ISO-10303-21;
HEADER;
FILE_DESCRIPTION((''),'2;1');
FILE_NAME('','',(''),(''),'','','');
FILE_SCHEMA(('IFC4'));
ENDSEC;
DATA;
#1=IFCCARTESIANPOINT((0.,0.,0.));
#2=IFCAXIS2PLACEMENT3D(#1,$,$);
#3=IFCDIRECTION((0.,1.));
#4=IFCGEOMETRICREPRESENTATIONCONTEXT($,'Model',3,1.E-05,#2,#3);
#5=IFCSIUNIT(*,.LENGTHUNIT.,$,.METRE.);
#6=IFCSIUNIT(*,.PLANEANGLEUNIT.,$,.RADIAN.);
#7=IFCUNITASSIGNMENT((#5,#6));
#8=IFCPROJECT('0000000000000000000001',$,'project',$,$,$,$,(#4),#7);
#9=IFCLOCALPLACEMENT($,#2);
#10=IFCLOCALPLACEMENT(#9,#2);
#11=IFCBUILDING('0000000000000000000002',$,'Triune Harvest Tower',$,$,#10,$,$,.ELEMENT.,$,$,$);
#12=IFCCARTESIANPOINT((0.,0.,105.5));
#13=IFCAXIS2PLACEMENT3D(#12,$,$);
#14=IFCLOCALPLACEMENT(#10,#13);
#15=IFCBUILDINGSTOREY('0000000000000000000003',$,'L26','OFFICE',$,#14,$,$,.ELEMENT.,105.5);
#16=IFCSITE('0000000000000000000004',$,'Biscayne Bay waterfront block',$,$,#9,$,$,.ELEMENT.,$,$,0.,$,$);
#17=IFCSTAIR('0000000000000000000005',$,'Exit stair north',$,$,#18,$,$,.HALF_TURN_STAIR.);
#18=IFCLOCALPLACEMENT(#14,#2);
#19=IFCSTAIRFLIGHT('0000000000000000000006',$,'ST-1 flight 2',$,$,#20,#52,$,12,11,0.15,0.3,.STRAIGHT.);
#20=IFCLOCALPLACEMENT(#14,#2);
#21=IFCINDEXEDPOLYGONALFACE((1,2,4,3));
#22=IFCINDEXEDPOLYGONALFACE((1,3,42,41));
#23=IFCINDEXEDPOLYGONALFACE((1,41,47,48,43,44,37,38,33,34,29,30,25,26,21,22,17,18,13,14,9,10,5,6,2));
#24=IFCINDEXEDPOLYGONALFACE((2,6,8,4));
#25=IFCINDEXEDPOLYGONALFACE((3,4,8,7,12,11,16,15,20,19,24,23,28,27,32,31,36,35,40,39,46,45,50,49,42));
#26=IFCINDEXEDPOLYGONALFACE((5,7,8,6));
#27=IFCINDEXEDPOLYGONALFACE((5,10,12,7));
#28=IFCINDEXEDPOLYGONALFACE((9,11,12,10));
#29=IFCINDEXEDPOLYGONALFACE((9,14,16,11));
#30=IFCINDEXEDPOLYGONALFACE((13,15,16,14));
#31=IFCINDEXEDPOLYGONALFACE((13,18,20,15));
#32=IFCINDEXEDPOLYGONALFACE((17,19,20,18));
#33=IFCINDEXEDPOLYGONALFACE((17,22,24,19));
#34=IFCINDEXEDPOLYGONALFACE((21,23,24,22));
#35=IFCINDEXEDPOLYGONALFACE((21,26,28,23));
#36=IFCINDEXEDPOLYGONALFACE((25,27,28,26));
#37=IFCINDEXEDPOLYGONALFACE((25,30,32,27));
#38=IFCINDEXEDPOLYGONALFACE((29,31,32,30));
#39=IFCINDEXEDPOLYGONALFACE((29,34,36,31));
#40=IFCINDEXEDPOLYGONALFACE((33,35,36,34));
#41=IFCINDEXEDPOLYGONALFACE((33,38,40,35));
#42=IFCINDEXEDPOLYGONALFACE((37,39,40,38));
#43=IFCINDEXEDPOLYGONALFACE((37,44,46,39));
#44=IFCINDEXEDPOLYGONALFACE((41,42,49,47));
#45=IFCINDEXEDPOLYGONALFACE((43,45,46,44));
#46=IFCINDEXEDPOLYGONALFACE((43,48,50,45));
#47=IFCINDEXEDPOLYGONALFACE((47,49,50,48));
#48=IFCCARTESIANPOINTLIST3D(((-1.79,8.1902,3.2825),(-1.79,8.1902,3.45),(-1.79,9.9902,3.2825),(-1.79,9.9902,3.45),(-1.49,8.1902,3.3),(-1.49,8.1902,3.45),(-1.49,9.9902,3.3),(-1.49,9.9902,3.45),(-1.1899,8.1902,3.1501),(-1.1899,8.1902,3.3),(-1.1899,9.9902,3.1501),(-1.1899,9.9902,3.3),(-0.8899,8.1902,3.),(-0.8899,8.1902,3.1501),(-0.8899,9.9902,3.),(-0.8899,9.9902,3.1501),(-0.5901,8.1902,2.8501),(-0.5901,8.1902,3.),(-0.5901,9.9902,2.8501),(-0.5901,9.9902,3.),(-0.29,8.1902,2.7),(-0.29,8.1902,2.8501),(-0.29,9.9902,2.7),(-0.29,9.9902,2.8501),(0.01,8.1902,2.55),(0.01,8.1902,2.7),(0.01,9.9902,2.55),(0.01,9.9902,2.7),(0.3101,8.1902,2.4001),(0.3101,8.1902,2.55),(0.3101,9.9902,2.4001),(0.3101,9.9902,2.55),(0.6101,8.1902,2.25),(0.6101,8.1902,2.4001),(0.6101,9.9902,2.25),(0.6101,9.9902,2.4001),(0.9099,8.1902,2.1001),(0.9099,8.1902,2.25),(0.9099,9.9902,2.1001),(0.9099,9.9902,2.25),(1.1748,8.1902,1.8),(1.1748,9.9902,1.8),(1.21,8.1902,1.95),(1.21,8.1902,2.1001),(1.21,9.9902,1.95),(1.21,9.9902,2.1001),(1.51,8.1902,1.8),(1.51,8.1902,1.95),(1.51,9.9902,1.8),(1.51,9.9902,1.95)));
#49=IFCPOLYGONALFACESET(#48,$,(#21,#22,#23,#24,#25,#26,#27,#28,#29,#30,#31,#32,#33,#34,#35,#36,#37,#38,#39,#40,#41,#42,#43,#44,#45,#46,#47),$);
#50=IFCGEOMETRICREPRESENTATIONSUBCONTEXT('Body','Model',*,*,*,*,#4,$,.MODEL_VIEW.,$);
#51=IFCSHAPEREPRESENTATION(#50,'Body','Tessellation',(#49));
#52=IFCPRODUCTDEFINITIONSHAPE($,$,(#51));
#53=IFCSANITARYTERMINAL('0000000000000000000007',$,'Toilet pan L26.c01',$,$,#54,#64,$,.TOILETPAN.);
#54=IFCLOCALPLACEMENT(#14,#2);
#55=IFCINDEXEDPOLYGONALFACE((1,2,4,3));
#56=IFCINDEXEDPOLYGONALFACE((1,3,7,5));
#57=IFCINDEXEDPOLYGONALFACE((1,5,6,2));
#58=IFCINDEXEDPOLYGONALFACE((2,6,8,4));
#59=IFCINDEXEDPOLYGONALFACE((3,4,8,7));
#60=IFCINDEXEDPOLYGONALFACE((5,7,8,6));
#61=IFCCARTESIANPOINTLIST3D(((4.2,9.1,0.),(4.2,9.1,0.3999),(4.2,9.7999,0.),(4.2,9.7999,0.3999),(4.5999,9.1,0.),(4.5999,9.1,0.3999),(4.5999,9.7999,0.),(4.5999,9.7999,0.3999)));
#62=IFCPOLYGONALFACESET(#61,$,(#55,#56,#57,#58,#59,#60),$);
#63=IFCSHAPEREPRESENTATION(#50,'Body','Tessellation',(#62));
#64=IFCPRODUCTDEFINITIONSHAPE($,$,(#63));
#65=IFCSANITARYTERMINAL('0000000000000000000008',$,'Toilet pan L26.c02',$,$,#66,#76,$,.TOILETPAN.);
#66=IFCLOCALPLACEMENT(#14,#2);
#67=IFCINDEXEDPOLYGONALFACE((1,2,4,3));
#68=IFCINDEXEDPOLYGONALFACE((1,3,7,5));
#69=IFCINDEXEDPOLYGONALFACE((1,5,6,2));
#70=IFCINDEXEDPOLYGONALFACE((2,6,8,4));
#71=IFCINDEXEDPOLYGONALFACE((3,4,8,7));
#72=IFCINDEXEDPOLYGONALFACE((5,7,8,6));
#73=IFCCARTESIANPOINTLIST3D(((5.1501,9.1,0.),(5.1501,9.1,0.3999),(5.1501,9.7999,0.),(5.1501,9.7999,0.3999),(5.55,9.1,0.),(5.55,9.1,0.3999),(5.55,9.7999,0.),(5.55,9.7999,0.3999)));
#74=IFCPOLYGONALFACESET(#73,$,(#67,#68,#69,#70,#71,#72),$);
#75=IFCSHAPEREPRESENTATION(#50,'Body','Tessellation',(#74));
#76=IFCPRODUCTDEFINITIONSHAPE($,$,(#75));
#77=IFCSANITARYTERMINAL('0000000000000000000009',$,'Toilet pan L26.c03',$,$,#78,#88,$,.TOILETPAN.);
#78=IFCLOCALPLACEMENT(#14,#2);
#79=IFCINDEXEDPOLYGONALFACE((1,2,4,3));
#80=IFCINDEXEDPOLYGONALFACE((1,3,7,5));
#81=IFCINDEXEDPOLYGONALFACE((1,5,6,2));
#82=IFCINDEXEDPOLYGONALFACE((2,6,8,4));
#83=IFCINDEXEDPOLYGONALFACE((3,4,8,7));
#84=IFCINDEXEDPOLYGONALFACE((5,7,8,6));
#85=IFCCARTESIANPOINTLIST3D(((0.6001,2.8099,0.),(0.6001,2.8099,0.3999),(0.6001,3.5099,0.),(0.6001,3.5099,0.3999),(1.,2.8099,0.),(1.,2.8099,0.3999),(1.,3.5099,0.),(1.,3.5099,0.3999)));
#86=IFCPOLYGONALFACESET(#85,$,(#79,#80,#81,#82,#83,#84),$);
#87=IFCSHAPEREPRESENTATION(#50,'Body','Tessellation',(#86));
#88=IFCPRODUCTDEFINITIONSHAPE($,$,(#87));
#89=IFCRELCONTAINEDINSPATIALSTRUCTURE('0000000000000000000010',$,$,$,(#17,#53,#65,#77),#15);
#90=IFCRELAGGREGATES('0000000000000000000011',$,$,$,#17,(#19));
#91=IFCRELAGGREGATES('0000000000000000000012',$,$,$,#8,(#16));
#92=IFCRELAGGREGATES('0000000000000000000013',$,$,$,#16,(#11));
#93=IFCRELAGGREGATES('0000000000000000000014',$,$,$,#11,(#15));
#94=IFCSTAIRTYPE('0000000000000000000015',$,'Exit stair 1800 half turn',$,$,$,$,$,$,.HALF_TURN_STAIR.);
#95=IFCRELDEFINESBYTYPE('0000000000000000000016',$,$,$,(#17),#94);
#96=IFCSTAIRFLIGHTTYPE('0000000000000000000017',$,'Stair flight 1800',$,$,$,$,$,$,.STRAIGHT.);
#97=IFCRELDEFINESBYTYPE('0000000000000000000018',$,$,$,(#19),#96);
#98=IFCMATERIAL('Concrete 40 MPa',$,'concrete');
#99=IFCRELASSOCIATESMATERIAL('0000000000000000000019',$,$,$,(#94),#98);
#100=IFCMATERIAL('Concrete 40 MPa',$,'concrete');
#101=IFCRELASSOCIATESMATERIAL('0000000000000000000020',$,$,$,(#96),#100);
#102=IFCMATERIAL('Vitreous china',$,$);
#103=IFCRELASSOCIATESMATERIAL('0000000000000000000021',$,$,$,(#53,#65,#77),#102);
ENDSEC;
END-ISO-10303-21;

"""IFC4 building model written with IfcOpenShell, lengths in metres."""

from ifc_helpers import new_model, si_unit, direction, frame, origin, origin_2d, place, context, subcontext, project, spatial, polyline, rectangle, outline, extrude, source, transform, mapped, material, type_object, element, aggregate, save


model = new_model("IFC4")

# Units and contexts
model_context = context("Model", 3, precision=1e-05, world=origin(), true_north=direction((0.0, 1.0)))
body_context = subcontext(model_context, "Body", "Model", "MODEL_VIEW")
ifc_project = project(units=[si_unit("LENGTHUNIT", "METRE"), si_unit("PLANEANGLEUNIT", "RADIAN")], contexts=[model_context])

# Site, building, storey
site_placement = place(None, origin())
site = spatial("IfcSite", under=ifc_project, at=site_placement, Name="Biscayne Bay waterfront block", CompositionType="ELEMENT", RefElevation=0.0)
building_placement = place(site_placement, origin())
building = spatial("IfcBuilding", under=site, at=building_placement, Name="Triune Harvest Tower", CompositionType="ELEMENT")
storey_placement = place(building_placement, frame((0.0, 0.0, 105.5)))
storey = spatial("IfcBuildingStorey", under=building, at=storey_placement, Name="L26", Description="OFFICE", CompositionType="ELEMENT", Elevation=105.5)

# Stair
ifc_material_1 = material(Name="Concrete 40 MPa", Category="concrete")
stair_type = type_object("IfcStairType", Name="Exit stair 1800 half turn", PredefinedType="HALF_TURN_STAIR", material=ifc_material_1)
stair_1_placement = place(storey_placement, origin())
stair_1 = element("IfcStair", 1, at=stair_1_placement, inside=storey, type_object=stair_type, Name="Exit stair north", PredefinedType="HALF_TURN_STAIR")

# Stair flight
ifc_material_2 = material(Name="Concrete 40 MPa", Category="concrete")
stair_flight_type = type_object("IfcStairFlightType", Name="Stair flight 1800", PredefinedType="STRAIGHT", material=ifc_material_2)
shared_shape_1 = source(origin(), body_context, "Body", "SweptSolid", [
    extrude(outline(polyline([(0.0, 0.0), (0.0, 0.1499), (0.3, 0.1499), (0.3, 0.3), (0.6001, 0.3), (0.6001, 0.45), (0.8999, 0.45), (0.8999, 0.6001), (1.2, 0.6001), (1.2, 0.75), (1.5, 0.75), (1.5, 0.8999), (1.8, 0.8999), (1.8, 1.05), (2.1001, 1.05), (2.1001, 1.2), (2.3999, 1.2), (2.3999, 1.3501), (2.7, 1.3501), (2.7, 1.5), (3.0, 1.5), (3.0, 1.6499), (3.3, 1.6499), (3.3, 1.8), (3.3, 1.4824), (0.3352, 0.0), (0.0, 0.0)])), frame((0.0, 0.8999, 0.0), z_axis=(0.0, -1.0, 0.0), x_axis=(1.0, 0.0, 0.0)), (0.0, 0.0, 1.0), 1.8),
])
stair_flight_placement = place(storey_placement, frame((1.51, 9.0901, 1.8), z_axis=(0.0, 0.0, 1.0), x_axis=(-1.0, 0.0, 0.0)))
stair_flight = element("IfcStairFlight", 2, at=stair_flight_placement, type_object=stair_flight_type, Name="ST-1 flight 2", NumberOfRisers=12, NumberOfTreads=11, PredefinedType="STRAIGHT", RiserHeight=0.15, TreadLength=0.3, context=body_context, shape_type="MappedRepresentation", body=[
    mapped(shared_shape_1, transform((0.0, 0.0, 0.0), scale=1.0)),
])
aggregate(stair_1, [stair_flight])

# Sanitary terminals
ifc_material_3 = material(Name="Vitreous china")
shared_shape_2 = source(origin(), body_context, "Body", "SweptSolid", [
    extrude(rectangle(XDim=0.3999, YDim=0.7, at=origin_2d()), origin(), (0.0, 0.0, 1.0), 0.3999),
])
for number, where, z_axis, x_axis, name in (
    (3, (4.3999, 9.45, 0.0), (0.0, 0.0, 1.0), (1.0, 0.0, 0.0), "Toilet pan L26.c01"),
    (4, (5.3501, 9.45, 0.0), (0.0, 0.0, 1.0), (1.0, 0.0, 0.0), "Toilet pan L26.c02"),
    (5, (0.8, 3.1599, 0.0), (0.0, 0.0, 1.0), (-1.0, 0.0, 0.0), "Toilet pan L26.c03"),
):
    element("IfcSanitaryTerminal", number, at=place(storey_placement, frame(where, z_axis=z_axis, x_axis=x_axis)), inside=storey, material=ifc_material_3, Name=name, PredefinedType="TOILETPAN", context=body_context, shape_type="MappedRepresentation", body=[
        mapped(shared_shape_2, transform((0.0, 0.0, 0.0), scale=1.0)),
    ])

save(model, "model.ifc")
